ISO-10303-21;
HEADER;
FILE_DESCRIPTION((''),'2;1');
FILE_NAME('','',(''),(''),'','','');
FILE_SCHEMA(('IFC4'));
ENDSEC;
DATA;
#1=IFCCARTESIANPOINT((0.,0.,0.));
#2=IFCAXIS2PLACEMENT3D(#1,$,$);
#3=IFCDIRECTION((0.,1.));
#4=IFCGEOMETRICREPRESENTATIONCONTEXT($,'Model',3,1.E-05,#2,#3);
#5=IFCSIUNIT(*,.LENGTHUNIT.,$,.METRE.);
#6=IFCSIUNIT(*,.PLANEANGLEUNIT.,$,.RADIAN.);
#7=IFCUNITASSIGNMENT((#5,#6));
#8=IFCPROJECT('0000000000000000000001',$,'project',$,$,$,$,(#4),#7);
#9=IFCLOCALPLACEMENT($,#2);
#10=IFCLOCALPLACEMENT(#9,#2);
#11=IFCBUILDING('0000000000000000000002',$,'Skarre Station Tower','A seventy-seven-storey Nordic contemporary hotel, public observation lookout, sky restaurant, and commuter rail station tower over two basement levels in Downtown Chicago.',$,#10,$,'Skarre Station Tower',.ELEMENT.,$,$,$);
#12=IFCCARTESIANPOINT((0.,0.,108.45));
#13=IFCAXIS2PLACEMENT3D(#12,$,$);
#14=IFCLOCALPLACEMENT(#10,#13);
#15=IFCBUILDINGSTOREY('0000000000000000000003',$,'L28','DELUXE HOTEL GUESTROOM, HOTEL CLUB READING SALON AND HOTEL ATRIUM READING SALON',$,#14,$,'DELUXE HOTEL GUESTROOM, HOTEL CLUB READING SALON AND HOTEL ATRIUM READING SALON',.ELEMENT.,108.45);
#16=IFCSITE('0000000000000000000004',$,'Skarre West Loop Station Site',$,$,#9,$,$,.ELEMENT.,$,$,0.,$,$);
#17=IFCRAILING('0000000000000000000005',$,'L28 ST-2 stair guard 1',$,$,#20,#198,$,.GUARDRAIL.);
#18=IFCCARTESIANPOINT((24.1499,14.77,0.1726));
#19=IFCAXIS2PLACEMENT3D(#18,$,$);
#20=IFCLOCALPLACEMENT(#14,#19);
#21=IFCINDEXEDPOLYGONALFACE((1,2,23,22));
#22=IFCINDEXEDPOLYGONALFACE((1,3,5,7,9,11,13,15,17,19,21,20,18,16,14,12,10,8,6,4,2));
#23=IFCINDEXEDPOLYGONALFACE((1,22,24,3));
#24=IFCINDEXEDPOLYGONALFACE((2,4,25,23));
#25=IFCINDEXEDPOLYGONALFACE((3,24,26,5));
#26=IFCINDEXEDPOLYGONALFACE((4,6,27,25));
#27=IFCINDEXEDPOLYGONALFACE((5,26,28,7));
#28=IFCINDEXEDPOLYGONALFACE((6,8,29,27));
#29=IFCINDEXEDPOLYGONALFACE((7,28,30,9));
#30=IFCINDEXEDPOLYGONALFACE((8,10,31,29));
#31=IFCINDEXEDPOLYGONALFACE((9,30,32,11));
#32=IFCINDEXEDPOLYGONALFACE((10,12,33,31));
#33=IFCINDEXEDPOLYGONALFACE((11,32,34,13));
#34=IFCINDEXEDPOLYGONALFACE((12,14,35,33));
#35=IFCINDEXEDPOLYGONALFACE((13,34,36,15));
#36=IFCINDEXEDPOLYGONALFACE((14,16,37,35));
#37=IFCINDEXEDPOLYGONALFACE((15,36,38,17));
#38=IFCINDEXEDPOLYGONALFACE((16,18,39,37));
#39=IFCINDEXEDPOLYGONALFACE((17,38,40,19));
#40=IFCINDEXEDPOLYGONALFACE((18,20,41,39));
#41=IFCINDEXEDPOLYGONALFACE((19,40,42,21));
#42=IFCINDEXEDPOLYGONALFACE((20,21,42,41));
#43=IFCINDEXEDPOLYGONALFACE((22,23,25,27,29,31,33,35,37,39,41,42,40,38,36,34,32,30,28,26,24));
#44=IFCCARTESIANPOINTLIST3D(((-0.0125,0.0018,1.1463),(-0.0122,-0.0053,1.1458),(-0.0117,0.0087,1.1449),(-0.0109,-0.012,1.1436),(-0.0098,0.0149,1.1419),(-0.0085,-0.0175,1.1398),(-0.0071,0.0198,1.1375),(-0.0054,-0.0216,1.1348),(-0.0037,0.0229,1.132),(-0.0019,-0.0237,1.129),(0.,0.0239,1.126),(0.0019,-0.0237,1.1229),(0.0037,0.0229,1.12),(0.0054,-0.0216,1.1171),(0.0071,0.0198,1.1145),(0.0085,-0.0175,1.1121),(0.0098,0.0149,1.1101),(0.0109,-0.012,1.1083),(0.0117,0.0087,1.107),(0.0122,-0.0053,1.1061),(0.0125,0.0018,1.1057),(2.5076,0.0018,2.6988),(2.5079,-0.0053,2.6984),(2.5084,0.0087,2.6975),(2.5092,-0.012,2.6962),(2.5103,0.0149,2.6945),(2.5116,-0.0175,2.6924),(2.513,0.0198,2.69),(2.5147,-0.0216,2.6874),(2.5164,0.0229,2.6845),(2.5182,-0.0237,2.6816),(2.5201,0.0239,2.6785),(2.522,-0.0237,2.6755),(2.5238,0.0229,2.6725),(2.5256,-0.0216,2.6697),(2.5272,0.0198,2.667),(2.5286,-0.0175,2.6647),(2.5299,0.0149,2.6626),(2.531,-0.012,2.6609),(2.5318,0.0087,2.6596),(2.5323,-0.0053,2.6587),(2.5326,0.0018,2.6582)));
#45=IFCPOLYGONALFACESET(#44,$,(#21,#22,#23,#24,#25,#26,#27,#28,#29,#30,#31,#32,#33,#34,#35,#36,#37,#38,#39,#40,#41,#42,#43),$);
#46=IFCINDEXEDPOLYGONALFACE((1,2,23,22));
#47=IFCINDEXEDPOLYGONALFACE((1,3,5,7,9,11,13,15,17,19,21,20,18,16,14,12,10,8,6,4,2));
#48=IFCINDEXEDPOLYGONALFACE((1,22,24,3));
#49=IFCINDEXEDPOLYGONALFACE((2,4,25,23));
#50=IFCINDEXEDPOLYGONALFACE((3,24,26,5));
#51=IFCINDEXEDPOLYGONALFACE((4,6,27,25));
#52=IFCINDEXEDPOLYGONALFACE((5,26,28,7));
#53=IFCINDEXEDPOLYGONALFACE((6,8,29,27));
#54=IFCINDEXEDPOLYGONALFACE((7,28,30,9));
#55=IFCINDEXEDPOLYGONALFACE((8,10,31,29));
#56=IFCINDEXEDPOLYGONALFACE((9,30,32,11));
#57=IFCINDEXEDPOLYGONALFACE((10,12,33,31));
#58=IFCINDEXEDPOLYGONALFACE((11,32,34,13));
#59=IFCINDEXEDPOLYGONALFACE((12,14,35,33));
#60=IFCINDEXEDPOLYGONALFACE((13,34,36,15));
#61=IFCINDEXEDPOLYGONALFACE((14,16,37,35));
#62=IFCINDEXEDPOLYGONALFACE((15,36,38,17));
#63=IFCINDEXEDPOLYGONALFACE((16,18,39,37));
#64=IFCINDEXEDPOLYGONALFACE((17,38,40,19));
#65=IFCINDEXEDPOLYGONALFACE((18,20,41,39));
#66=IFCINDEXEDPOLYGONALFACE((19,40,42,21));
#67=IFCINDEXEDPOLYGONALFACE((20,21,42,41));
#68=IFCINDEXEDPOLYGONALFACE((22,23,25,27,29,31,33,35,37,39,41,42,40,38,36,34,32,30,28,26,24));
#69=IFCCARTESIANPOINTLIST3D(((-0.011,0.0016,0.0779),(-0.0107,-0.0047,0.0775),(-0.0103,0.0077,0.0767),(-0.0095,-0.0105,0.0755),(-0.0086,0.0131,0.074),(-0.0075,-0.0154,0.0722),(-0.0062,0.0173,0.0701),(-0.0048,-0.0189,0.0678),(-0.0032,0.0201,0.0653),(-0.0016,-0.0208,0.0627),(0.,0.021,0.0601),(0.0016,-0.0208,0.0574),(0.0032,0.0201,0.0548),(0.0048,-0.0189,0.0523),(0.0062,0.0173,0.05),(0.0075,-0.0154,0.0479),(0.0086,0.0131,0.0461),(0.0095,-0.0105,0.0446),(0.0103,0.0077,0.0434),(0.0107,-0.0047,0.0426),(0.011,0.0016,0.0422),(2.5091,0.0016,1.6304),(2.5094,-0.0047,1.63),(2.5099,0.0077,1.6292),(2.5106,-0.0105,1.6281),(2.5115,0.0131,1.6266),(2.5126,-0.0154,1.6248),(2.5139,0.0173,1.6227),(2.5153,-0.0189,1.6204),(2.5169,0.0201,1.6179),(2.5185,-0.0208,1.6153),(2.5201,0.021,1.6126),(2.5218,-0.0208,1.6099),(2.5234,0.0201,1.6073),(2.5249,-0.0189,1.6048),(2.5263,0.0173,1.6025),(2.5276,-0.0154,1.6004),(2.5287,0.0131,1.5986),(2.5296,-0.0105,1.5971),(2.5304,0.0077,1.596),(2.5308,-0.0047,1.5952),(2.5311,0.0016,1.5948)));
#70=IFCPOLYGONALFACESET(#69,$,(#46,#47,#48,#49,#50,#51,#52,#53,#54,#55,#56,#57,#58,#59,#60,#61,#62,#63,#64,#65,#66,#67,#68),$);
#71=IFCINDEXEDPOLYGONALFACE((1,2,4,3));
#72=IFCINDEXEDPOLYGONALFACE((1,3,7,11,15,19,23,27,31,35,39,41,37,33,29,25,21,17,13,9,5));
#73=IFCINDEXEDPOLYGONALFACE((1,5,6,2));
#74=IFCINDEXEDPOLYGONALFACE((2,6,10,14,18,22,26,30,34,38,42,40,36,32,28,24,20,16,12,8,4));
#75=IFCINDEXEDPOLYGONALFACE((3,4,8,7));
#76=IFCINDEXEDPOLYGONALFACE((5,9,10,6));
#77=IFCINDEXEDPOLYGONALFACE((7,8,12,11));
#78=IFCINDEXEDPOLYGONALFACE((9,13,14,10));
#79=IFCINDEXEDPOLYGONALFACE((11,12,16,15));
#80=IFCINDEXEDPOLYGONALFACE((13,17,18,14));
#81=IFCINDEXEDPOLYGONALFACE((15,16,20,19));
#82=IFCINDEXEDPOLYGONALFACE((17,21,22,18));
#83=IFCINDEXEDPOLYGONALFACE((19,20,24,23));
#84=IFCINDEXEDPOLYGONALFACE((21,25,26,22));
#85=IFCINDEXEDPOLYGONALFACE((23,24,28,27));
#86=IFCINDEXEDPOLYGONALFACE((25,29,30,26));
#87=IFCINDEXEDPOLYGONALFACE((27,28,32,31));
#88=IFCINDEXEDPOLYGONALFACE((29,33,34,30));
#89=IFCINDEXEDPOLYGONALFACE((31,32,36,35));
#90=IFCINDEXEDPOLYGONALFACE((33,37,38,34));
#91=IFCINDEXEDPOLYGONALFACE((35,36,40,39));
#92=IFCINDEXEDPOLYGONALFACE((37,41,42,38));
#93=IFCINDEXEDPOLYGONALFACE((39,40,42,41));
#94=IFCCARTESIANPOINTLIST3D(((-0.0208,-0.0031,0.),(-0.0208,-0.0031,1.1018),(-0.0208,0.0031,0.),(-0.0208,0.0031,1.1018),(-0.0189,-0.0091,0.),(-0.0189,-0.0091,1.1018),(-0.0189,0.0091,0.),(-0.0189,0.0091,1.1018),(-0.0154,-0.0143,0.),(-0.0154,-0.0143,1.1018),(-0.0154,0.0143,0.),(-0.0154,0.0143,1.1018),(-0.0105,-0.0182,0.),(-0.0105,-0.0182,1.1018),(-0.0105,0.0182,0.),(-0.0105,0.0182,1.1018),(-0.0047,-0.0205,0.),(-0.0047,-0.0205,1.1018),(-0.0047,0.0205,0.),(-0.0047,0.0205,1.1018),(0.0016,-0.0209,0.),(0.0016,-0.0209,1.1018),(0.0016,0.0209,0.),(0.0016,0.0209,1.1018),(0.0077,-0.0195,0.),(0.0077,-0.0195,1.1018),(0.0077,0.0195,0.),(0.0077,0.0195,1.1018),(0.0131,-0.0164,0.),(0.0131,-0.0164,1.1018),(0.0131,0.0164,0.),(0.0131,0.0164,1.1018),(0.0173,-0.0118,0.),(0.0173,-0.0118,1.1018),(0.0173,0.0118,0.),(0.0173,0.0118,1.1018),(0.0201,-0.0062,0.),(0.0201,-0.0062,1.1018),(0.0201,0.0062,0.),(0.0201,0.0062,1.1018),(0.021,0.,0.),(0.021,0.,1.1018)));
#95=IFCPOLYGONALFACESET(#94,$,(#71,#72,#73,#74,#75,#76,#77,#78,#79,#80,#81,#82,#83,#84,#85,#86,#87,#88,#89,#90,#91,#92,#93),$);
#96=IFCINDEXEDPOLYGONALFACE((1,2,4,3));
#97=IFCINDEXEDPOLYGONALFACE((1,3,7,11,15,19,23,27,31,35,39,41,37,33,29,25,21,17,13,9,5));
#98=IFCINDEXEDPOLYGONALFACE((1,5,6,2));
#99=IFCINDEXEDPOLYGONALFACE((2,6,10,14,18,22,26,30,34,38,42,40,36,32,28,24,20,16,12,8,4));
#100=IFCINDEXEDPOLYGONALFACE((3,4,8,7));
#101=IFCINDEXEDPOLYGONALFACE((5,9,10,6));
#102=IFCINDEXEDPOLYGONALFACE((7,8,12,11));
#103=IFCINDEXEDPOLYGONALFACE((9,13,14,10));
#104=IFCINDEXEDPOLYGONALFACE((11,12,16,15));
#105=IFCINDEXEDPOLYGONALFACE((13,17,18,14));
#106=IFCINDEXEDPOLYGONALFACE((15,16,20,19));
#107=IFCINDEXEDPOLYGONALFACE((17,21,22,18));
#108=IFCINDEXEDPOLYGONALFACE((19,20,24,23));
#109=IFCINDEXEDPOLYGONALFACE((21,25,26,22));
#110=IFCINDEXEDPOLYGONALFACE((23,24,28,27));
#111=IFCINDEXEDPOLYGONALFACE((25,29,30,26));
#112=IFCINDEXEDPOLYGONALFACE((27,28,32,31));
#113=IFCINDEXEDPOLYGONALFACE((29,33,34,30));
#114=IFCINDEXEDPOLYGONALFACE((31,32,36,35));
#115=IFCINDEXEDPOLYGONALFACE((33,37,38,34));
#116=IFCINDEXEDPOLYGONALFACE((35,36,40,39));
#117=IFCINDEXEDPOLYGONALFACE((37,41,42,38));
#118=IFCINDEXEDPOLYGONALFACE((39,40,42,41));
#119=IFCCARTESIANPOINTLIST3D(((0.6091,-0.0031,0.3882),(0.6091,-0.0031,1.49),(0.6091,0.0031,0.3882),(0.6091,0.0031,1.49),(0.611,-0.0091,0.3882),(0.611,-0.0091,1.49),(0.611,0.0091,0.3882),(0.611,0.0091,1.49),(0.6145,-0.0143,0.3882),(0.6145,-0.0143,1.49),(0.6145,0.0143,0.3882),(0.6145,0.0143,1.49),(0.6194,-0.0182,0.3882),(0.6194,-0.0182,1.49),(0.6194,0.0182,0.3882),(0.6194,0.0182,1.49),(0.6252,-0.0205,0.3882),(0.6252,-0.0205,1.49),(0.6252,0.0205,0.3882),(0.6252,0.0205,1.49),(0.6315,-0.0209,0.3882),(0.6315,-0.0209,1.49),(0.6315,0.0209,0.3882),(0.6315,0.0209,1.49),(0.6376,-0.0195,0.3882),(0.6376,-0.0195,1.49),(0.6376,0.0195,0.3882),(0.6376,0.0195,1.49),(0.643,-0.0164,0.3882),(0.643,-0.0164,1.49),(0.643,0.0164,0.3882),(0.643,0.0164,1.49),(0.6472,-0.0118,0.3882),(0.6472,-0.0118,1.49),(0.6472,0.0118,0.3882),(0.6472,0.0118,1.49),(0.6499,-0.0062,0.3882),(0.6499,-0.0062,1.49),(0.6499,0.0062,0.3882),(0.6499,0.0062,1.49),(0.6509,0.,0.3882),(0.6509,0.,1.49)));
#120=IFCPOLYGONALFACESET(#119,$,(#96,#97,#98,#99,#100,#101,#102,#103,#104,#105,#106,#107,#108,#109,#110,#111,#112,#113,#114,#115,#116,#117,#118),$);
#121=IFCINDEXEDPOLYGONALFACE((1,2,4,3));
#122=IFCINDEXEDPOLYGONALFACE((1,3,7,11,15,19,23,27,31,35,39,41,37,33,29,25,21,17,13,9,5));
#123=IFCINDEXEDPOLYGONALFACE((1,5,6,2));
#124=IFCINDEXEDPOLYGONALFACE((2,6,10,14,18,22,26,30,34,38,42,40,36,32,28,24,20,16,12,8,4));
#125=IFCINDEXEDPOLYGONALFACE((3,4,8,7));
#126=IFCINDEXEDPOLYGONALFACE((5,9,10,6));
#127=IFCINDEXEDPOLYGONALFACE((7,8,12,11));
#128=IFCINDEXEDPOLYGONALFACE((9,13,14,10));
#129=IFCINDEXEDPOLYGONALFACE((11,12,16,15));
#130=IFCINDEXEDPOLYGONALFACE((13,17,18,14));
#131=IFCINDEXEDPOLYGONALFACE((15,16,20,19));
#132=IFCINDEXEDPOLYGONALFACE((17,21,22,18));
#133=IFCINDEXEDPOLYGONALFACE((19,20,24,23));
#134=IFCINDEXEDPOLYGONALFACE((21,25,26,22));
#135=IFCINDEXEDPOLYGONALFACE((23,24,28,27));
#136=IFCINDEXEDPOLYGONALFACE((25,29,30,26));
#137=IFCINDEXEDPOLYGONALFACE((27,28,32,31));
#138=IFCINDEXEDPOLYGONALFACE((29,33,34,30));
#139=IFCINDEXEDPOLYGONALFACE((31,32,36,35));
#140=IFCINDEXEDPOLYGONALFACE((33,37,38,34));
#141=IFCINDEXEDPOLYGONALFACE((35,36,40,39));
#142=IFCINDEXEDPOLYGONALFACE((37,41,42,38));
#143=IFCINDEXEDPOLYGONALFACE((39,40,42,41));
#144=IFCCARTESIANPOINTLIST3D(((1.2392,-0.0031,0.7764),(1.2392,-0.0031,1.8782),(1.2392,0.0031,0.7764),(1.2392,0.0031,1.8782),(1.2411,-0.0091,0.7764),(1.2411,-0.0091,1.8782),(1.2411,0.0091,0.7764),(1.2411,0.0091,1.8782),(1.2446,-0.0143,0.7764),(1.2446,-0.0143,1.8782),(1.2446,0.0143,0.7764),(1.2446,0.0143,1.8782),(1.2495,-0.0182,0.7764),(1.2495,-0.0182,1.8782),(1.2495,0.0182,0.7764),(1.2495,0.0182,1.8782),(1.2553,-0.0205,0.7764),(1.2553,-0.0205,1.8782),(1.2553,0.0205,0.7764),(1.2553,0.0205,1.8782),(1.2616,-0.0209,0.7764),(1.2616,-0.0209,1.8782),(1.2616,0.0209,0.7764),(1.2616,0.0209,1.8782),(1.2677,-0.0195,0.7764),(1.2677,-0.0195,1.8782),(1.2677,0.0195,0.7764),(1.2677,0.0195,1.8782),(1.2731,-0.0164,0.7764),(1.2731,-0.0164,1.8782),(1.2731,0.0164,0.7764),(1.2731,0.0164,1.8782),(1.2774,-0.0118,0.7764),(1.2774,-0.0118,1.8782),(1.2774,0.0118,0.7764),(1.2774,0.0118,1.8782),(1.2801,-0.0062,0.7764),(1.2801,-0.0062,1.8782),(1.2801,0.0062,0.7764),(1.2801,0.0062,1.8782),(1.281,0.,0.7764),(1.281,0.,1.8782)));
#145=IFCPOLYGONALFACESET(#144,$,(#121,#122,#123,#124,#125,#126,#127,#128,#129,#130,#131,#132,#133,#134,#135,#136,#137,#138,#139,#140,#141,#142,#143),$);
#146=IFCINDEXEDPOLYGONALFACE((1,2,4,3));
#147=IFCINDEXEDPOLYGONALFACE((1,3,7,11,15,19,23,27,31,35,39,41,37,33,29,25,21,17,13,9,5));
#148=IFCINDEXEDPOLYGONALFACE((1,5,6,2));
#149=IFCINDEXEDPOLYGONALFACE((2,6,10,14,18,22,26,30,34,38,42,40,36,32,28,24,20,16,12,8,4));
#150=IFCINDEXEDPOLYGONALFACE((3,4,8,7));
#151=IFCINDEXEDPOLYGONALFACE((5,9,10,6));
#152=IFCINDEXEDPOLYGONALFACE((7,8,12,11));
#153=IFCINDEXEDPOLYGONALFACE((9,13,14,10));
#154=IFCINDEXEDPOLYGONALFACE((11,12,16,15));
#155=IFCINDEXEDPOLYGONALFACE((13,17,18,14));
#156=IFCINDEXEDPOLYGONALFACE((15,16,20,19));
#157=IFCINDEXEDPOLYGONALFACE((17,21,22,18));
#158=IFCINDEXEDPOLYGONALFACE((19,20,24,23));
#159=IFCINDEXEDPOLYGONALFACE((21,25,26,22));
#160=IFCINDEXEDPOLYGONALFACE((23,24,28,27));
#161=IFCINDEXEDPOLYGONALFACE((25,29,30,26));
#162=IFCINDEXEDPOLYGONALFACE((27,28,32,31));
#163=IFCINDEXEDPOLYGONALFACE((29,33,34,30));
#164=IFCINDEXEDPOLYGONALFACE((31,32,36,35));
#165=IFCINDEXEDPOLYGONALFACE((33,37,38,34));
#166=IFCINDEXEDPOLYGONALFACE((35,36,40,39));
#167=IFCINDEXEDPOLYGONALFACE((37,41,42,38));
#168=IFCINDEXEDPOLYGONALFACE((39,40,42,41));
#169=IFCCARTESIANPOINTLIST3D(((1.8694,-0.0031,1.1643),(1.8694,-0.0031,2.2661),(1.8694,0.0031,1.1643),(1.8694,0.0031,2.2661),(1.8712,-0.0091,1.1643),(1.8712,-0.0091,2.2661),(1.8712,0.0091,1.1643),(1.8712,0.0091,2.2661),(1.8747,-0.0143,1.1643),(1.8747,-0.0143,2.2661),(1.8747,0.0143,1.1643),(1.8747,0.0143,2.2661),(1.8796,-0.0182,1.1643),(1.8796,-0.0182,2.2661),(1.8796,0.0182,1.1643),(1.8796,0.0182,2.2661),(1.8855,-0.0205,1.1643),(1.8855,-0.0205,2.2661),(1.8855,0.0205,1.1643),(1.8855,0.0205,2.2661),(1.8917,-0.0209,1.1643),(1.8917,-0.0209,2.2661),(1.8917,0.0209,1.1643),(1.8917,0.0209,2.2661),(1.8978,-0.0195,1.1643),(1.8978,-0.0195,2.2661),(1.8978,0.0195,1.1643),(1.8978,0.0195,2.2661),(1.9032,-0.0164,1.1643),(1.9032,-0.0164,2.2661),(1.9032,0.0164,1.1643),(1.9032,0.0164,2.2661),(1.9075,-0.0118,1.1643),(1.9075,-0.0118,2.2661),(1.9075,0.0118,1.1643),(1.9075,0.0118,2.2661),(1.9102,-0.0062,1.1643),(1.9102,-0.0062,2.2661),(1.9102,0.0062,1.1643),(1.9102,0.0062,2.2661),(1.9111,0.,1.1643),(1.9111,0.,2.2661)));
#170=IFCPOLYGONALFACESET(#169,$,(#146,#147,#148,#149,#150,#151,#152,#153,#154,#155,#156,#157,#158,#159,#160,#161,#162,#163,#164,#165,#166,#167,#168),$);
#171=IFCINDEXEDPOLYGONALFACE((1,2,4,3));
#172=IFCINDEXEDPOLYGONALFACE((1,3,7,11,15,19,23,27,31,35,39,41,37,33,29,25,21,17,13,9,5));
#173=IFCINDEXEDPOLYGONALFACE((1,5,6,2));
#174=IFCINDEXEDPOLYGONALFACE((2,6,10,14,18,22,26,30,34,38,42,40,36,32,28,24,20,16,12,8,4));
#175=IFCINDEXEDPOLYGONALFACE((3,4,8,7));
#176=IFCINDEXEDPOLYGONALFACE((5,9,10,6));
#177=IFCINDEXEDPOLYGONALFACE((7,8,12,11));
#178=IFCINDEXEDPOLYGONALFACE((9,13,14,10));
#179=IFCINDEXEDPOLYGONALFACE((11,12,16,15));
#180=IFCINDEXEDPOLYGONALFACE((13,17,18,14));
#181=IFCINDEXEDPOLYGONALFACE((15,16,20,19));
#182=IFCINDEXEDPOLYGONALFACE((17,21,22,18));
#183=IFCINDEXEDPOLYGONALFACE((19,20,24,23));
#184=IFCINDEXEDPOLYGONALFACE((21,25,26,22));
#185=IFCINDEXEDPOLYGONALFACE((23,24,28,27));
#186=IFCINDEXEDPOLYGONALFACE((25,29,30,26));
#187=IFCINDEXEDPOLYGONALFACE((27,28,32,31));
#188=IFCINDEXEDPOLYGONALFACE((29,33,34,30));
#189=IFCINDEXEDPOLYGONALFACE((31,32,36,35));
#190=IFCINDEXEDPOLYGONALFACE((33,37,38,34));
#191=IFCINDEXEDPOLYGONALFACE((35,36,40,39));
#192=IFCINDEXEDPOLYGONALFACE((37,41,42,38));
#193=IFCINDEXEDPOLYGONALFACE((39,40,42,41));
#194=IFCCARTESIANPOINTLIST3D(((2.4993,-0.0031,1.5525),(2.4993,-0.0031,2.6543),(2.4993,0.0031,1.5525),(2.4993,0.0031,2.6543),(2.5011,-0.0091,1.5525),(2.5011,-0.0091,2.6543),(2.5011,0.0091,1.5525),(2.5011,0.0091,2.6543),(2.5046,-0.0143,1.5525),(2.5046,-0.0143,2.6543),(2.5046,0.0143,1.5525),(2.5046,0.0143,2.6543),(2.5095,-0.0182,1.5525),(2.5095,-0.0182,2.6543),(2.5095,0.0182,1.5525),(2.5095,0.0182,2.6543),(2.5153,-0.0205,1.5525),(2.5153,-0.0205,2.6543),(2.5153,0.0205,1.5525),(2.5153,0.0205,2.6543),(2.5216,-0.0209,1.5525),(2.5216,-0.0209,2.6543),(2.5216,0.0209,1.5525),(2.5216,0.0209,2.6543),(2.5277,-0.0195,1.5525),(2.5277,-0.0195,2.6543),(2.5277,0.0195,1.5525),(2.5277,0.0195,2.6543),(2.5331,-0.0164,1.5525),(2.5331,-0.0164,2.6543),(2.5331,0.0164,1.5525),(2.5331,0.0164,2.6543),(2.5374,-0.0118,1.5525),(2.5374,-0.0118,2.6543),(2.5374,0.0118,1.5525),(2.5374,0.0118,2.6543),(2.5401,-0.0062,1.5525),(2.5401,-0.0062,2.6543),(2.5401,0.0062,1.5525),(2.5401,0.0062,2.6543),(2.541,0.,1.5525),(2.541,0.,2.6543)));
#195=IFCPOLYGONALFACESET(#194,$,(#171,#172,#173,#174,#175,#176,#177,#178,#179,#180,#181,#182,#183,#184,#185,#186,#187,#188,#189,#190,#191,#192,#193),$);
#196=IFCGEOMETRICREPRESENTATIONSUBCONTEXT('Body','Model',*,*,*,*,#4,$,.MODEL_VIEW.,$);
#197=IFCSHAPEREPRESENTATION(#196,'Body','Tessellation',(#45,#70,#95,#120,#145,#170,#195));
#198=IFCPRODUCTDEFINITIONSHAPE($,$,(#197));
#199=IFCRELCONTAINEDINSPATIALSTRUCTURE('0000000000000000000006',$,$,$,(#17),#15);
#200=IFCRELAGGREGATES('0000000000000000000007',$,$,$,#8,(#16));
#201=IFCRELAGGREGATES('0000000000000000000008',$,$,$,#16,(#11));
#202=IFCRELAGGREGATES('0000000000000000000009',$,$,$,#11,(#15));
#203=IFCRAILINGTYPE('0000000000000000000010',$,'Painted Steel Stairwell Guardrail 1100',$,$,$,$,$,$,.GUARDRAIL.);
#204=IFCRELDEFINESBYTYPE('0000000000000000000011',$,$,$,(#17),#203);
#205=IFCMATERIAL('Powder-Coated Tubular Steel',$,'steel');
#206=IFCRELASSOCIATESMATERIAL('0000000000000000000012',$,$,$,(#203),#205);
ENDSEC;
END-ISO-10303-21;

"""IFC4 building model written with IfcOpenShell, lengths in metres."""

from ifc_helpers import new_model, si_unit, direction, frame, origin, origin_2d, place, context, subcontext, project, spatial, circle, extrude, material, type_object, element, save


model = new_model("IFC4")

# Units and contexts
model_context = context("Model", 3, precision=1e-05, world=origin(), true_north=direction((0.0, 1.0)))
body_context = subcontext(model_context, "Body", "Model", "MODEL_VIEW")
ifc_project = project(units=[si_unit("LENGTHUNIT", "METRE"), si_unit("PLANEANGLEUNIT", "RADIAN")], contexts=[model_context])

# Site, building, storey
site_placement = place(None, origin())
site = spatial("IfcSite", under=ifc_project, at=site_placement, Name="Skarre West Loop Station Site", CompositionType="ELEMENT", RefElevation=0.0)
building_placement = place(site_placement, origin())
building = spatial("IfcBuilding", under=site, at=building_placement, Name="Skarre Station Tower", Description="A seventy-seven-storey Nordic contemporary hotel, public observation lookout, sky restaurant, and commuter rail station tower over two basement levels in Downtown Chicago.", LongName="Skarre Station Tower", CompositionType="ELEMENT")
storey_placement = place(building_placement, frame((0.0, 0.0, 108.45)))
storey = spatial("IfcBuildingStorey", under=building, at=storey_placement, Name="L28", Description="DELUXE HOTEL GUESTROOM, HOTEL CLUB READING SALON AND HOTEL ATRIUM READING SALON", LongName="DELUXE HOTEL GUESTROOM, HOTEL CLUB READING SALON AND HOTEL ATRIUM READING SALON", CompositionType="ELEMENT", Elevation=108.45)

# Railing
ifc_material_1 = material(Name="Powder-Coated Tubular Steel", Category="steel")
railing_type_1 = type_object("IfcRailingType", Name="Painted Steel Stairwell Guardrail 1100", PredefinedType="GUARDRAIL", material=ifc_material_1)
railing_1_placement = place(storey_placement, frame((24.1499, 14.77, 0.1726)))
element("IfcRailing", 1, at=railing_1_placement, inside=storey, type_object=railing_type_1, Name="L28 ST-2 stair guard 1", PredefinedType="GUARDRAIL", context=body_context, shape_type="SweptSolid", body=[
    extrude(circle(Radius=0.0239, at=origin_2d()), frame((0.0, 0.0, 1.126), z_axis=(0.8514, 0.0, 0.524516), x_axis=(0.0, 1.0, 0.0)), (0.0, 0.0, 1.0), 2.96),
    extrude(circle(Radius=0.021, at=origin_2d()), frame((0.0, 0.0, 0.0601), z_axis=(0.8514, 0.0, 0.524516), x_axis=(0.0, 1.0, 0.0)), (0.0, 0.0, 1.0), 2.96),
    extrude(circle(Radius=0.021, at=origin_2d()), origin(), (0.0, 0.0, 1.0), 1.1018),
    extrude(circle(Radius=0.021, at=origin_2d()), frame((0.6299, 0.0, 0.3882)), (0.0, 0.0, 1.0), 1.1018),
    extrude(circle(Radius=0.021, at=origin_2d()), frame((1.26, 0.0, 0.7764)), (0.0, 0.0, 1.0), 1.1018),
    extrude(circle(Radius=0.021, at=origin_2d()), frame((1.8901, 0.0, 1.1643)), (0.0, 0.0, 1.0), 1.1018),
    extrude(circle(Radius=0.021, at=origin_2d()), frame((2.52, 0.0, 1.5525)), (0.0, 0.0, 1.0), 1.1018),
])

save(model, "model.ifc")
